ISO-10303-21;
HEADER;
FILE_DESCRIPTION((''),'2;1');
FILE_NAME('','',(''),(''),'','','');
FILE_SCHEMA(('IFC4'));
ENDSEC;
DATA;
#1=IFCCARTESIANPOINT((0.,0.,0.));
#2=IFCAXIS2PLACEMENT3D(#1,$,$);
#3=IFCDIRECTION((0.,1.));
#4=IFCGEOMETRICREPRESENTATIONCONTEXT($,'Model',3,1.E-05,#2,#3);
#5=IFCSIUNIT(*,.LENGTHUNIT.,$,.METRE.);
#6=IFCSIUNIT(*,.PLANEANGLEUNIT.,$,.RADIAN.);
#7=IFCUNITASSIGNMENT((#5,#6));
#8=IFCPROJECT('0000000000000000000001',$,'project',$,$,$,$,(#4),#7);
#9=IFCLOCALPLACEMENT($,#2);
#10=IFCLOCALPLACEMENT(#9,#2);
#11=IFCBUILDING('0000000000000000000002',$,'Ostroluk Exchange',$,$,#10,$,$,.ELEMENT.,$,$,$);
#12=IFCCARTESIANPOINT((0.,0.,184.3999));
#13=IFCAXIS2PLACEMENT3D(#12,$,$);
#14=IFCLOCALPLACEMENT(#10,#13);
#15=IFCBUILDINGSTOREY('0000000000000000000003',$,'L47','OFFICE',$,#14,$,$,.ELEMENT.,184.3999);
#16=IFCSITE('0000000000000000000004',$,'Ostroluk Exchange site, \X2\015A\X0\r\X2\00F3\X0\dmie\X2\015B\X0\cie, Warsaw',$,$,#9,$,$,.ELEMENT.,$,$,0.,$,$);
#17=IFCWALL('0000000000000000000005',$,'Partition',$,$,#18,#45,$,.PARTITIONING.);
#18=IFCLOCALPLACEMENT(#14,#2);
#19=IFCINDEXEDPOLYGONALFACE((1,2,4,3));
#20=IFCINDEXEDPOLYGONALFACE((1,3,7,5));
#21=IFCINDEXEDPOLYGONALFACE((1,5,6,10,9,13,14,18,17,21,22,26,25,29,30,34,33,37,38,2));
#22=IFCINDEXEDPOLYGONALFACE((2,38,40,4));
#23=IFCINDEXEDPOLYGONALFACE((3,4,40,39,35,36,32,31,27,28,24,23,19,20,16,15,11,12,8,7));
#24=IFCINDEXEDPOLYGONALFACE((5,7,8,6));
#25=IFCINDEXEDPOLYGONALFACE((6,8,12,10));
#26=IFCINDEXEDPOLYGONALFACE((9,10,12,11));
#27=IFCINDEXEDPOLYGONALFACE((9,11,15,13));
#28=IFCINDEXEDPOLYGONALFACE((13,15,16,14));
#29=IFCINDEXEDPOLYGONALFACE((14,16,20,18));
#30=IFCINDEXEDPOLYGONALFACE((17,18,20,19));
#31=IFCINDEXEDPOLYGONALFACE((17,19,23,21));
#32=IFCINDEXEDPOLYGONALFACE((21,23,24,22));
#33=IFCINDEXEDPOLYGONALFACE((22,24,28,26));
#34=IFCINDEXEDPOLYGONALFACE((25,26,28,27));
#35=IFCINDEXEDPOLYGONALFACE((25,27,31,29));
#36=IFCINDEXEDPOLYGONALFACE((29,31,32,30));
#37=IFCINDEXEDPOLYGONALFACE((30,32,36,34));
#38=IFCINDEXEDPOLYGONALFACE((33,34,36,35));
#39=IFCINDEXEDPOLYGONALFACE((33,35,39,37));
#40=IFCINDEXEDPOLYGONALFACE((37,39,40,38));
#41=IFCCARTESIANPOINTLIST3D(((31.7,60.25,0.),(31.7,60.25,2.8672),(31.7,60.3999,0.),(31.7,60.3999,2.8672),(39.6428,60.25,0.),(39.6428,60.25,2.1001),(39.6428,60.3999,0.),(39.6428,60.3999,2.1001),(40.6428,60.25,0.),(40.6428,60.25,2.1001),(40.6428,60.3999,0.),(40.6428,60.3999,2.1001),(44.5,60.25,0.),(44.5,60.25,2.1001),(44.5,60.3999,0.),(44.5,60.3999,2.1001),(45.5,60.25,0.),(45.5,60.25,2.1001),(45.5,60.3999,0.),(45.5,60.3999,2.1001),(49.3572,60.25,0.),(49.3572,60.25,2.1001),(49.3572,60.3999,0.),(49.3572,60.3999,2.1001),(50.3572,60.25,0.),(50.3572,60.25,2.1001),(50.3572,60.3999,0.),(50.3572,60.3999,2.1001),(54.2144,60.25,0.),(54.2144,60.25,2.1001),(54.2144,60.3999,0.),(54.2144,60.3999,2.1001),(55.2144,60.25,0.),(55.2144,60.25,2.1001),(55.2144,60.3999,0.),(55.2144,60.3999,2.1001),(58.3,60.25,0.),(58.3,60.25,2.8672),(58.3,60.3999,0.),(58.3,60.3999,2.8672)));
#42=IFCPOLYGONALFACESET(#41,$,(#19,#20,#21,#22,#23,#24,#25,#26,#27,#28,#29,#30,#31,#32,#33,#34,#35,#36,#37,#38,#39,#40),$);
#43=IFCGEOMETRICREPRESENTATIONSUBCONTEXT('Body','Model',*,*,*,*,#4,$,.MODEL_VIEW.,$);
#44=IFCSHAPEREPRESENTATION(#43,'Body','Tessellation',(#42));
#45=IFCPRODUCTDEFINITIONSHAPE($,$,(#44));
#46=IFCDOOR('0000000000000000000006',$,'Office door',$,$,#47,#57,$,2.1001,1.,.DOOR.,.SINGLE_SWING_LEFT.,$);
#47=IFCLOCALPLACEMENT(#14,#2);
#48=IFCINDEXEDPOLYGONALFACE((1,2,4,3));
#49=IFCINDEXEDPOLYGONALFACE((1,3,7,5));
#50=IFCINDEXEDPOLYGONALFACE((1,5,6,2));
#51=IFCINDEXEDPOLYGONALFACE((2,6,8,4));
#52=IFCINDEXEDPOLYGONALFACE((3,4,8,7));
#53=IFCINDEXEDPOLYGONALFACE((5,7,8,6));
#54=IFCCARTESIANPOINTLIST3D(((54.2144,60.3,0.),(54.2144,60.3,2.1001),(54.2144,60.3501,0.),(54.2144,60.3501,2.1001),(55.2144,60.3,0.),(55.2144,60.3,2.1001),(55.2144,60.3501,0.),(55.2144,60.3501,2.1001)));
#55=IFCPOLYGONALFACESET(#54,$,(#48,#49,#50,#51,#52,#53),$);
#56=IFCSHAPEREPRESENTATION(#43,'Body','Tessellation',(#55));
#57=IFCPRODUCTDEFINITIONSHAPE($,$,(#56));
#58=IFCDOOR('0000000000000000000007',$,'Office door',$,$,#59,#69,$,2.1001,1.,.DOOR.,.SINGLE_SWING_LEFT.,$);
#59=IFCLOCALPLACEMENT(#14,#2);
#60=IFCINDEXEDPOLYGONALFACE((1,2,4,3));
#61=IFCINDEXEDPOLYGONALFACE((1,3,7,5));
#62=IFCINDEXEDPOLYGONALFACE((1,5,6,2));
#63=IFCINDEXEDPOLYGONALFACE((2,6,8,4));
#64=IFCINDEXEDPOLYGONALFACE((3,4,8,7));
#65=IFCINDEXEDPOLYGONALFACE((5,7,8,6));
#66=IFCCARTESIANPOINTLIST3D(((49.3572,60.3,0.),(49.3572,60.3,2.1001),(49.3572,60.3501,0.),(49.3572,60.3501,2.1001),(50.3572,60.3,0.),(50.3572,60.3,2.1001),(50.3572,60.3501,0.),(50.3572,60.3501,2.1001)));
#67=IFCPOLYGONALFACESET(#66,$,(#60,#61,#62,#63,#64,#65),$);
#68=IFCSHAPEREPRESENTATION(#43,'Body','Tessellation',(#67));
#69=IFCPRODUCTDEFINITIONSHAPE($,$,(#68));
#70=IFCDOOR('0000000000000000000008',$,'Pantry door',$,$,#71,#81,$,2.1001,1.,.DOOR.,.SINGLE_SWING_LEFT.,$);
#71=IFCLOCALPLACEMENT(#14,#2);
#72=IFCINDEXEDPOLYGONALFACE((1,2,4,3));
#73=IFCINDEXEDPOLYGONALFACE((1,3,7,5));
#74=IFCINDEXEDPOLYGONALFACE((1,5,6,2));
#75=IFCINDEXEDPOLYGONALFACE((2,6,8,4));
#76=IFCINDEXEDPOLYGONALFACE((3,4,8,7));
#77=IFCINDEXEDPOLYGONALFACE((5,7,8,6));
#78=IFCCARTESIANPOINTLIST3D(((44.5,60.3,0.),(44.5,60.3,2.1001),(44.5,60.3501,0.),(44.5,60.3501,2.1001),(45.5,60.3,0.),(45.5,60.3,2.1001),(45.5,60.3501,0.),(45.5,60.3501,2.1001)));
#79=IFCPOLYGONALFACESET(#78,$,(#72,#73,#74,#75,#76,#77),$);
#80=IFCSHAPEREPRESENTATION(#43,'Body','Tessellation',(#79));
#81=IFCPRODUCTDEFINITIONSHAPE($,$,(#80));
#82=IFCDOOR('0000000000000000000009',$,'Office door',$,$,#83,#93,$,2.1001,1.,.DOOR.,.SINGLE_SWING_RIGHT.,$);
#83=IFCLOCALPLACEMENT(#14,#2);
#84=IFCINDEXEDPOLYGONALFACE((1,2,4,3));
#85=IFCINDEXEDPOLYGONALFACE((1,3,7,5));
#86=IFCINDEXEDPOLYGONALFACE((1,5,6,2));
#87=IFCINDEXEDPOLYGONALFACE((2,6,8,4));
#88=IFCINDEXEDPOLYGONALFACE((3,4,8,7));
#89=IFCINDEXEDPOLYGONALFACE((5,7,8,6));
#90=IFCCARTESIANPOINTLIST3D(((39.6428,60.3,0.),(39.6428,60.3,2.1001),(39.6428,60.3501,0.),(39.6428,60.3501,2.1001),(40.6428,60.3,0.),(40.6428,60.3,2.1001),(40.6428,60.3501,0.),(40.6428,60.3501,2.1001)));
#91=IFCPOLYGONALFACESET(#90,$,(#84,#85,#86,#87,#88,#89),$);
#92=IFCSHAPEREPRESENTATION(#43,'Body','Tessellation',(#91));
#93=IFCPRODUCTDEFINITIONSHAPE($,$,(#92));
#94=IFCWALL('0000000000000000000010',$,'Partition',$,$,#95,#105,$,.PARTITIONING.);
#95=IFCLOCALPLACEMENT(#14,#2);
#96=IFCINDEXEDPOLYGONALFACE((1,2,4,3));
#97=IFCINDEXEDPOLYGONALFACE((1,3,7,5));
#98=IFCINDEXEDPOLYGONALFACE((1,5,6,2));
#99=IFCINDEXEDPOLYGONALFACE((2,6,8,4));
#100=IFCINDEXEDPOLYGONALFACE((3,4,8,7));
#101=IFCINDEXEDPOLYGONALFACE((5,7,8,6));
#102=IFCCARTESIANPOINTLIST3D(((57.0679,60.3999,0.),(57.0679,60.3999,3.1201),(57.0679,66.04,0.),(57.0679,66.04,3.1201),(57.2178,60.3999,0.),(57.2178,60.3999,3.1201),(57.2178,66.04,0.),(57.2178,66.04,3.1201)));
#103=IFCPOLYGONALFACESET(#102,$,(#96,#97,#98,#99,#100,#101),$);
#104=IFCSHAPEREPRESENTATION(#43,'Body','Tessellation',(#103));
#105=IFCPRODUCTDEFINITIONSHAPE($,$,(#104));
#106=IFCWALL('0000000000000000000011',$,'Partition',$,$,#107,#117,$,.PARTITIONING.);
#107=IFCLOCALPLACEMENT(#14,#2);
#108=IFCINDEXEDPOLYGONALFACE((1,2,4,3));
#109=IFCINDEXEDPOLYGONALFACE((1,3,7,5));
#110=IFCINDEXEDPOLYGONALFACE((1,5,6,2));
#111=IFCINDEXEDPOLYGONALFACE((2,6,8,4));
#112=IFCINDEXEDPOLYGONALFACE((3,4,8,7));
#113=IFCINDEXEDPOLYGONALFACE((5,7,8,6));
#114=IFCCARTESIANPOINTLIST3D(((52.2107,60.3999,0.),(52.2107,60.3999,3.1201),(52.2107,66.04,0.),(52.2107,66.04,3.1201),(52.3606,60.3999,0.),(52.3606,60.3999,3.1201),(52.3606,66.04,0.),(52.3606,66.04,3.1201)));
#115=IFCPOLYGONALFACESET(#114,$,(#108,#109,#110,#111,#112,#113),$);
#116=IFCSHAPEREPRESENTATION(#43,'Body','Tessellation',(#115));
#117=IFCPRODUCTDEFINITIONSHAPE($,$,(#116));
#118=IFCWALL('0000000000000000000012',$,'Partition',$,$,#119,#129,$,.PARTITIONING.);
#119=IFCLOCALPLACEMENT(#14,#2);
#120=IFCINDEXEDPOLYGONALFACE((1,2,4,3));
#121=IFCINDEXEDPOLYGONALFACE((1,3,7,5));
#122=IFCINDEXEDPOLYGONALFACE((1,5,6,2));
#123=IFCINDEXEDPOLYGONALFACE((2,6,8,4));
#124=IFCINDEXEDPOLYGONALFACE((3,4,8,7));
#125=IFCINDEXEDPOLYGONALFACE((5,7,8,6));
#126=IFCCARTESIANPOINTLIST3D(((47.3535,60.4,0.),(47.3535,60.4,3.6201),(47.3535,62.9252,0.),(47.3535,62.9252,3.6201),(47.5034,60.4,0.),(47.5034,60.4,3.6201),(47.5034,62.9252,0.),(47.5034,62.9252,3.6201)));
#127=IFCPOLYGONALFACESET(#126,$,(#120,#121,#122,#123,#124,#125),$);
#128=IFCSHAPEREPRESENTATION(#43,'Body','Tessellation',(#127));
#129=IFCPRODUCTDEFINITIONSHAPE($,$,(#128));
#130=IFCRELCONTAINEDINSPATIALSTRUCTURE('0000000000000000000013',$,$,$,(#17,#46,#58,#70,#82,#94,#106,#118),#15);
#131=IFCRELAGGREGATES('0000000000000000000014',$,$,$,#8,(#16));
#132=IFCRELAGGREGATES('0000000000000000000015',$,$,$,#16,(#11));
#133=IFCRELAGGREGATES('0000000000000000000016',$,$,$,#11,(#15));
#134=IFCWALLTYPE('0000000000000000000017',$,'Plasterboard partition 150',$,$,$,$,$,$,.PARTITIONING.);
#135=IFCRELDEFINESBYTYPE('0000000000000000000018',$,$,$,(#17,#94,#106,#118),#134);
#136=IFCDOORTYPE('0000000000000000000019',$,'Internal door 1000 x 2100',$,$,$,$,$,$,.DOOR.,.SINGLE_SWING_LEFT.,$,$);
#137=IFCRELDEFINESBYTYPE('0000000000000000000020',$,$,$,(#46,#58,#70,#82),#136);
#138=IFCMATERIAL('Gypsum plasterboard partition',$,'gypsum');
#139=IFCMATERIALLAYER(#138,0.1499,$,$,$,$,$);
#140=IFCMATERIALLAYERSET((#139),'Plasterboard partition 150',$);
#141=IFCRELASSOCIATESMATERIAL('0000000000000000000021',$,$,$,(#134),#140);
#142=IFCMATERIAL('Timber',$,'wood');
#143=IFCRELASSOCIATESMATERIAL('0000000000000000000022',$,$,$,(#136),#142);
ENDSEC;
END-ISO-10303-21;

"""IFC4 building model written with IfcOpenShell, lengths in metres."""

from ifc_helpers import new_model, si_unit, direction, frame, frame_2d, origin, place, context, subcontext, project, spatial, rectangle, extrude, material, layer, layer_set, type_object, element, fill, save


model = new_model("IFC4")

# Units and contexts
model_context = context("Model", 3, precision=1e-05, world=origin(), true_north=direction((0.0, 1.0)))
body_context = subcontext(model_context, "Body", "Model", "MODEL_VIEW")
ifc_project = project(units=[si_unit("LENGTHUNIT", "METRE"), si_unit("PLANEANGLEUNIT", "RADIAN")], contexts=[model_context])

# Site, building, storey
site_placement = place(None, origin())
site = spatial("IfcSite", under=ifc_project, at=site_placement, Name="Ostroluk Exchange site, Śródmieście, Warsaw", CompositionType="ELEMENT", RefElevation=0.0)
building_placement = place(site_placement, origin())
building = spatial("IfcBuilding", under=site, at=building_placement, Name="Ostroluk Exchange", CompositionType="ELEMENT")
storey_placement = place(building_placement, frame((0.0, 0.0, 184.3999)))
storey = spatial("IfcBuildingStorey", under=building, at=storey_placement, Name="L47", Description="OFFICE", CompositionType="ELEMENT", Elevation=184.3999)

# Shared definitions
ifc_material_1 = material(Name="Gypsum plasterboard partition", Category="gypsum")
ifc_layer_1 = layer(ifc_material_1, 0.1499)
ifc_layer_set_1 = layer_set([ifc_layer_1], Name="Plasterboard partition 150")
wall_type = type_object("IfcWallType", Name="Plasterboard partition 150", PredefinedType="PARTITIONING", material=ifc_layer_set_1)
ifc_material_2 = material(Name="Timber", Category="wood")
door_type = type_object("IfcDoorType", Name="Internal door 1000 x 2100", OperationType="SINGLE_SWING_LEFT", PredefinedType="DOOR", material=ifc_material_2)

# Wall, openings, doors
wall_1_placement = place(storey_placement, frame((58.3, 60.325, 0.0), z_axis=(0.0, 0.0, 1.0), x_axis=(-1.0, 0.0, 0.0)))
wall_1 = element("IfcWall", 1, at=wall_1_placement, inside=storey, type_object=wall_type, Name="Partition", PredefinedType="PARTITIONING", context=body_context, shape_type="SweptSolid", body=[
    extrude(rectangle(XDim=26.6001, YDim=0.1499, at=frame_2d((13.3, 0.0))), origin(), (0.0, 0.0, 1.0), 2.8672),
])
opening_1_placement = place(wall_1_placement, frame((3.0857, 0.0, 0.0)))
opening_1 = element("IfcOpeningElement", 2, at=opening_1_placement, cuts=wall_1, PredefinedType="OPENING", context=body_context, shape_type="SweptSolid", body=[
    extrude(rectangle(XDim=1.0, YDim=2.1001, at=frame_2d((0.5, 1.05))), frame((0.0, 0.085, 0.0), z_axis=(0.0, -1.0, 0.0), x_axis=(1.0, 0.0, 0.0)), (0.0, 0.0, 1.0), 0.1699),
])
opening_2_placement = place(wall_1_placement, frame((7.9429, 0.0, 0.0)))
opening_2 = element("IfcOpeningElement", 3, at=opening_2_placement, cuts=wall_1, PredefinedType="OPENING", context=body_context, shape_type="SweptSolid", body=[
    extrude(rectangle(XDim=1.0, YDim=2.1001, at=frame_2d((0.5, 1.05))), frame((0.0, 0.085, 0.0), z_axis=(0.0, -1.0, 0.0), x_axis=(1.0, 0.0, 0.0)), (0.0, 0.0, 1.0), 0.1699),
])
opening_3_placement = place(wall_1_placement, frame((12.8, 0.0, 0.0)))
opening_3 = element("IfcOpeningElement", 4, at=opening_3_placement, cuts=wall_1, PredefinedType="OPENING", context=body_context, shape_type="SweptSolid", body=[
    extrude(rectangle(XDim=1.0, YDim=2.1001, at=frame_2d((0.5, 1.05))), frame((0.0, 0.085, 0.0), z_axis=(0.0, -1.0, 0.0), x_axis=(1.0, 0.0, 0.0)), (0.0, 0.0, 1.0), 0.1699),
])
opening_4_placement = place(wall_1_placement, frame((17.6572, 0.0, 0.0)))
opening_4 = element("IfcOpeningElement", 5, at=opening_4_placement, cuts=wall_1, PredefinedType="OPENING", context=body_context, shape_type="SweptSolid", body=[
    extrude(rectangle(XDim=1.0, YDim=2.1001, at=frame_2d((0.5, 1.05))), frame((0.0, 0.085, 0.0), z_axis=(0.0, -1.0, 0.0), x_axis=(1.0, 0.0, 0.0)), (0.0, 0.0, 1.0), 0.1699),
])
door_1_placement = place(opening_1_placement, origin())
door_1 = element("IfcDoor", 6, at=door_1_placement, inside=storey, type_object=door_type, Name="Office door", OperationType="SINGLE_SWING_LEFT", OverallHeight=2.1001, OverallWidth=1.0, PredefinedType="DOOR", context=body_context, shape_type="SweptSolid", body=[
    extrude(rectangle(XDim=1.0, YDim=2.1001, at=frame_2d((0.5, 1.05))), frame((0.0, 0.0249, 0.0), z_axis=(0.0, -1.0, 0.0), x_axis=(1.0, 0.0, 0.0)), (0.0, 0.0, 1.0), 0.05),
])
fill(opening_1, door_1)
door_2_placement = place(opening_2_placement, origin())
door_2 = element("IfcDoor", 7, at=door_2_placement, inside=storey, type_object=door_type, Name="Office door", OperationType="SINGLE_SWING_LEFT", OverallHeight=2.1001, OverallWidth=1.0, PredefinedType="DOOR", context=body_context, shape_type="SweptSolid", body=[
    extrude(rectangle(XDim=1.0, YDim=2.1001, at=frame_2d((0.5, 1.05))), frame((0.0, 0.0249, 0.0), z_axis=(0.0, -1.0, 0.0), x_axis=(1.0, 0.0, 0.0)), (0.0, 0.0, 1.0), 0.05),
])
fill(opening_2, door_2)
door_3_placement = place(opening_3_placement, origin())
door_3 = element("IfcDoor", 8, at=door_3_placement, inside=storey, type_object=door_type, Name="Pantry door", OperationType="SINGLE_SWING_LEFT", OverallHeight=2.1001, OverallWidth=1.0, PredefinedType="DOOR", context=body_context, shape_type="SweptSolid", body=[
    extrude(rectangle(XDim=1.0, YDim=2.1001, at=frame_2d((0.5, 1.05))), frame((0.0, 0.0249, 0.0), z_axis=(0.0, -1.0, 0.0), x_axis=(1.0, 0.0, 0.0)), (0.0, 0.0, 1.0), 0.05),
])
fill(opening_3, door_3)
door_4_placement = place(opening_4_placement, origin())
door_4 = element("IfcDoor", 9, at=door_4_placement, inside=storey, type_object=door_type, Name="Office door", OperationType="SINGLE_SWING_RIGHT", OverallHeight=2.1001, OverallWidth=1.0, PredefinedType="DOOR", context=body_context, shape_type="SweptSolid", body=[
    extrude(rectangle(XDim=1.0, YDim=2.1001, at=frame_2d((0.5, 1.05))), frame((0.0, 0.0249, 0.0), z_axis=(0.0, -1.0, 0.0), x_axis=(1.0, 0.0, 0.0)), (0.0, 0.0, 1.0), 0.05),
])
fill(opening_4, door_4)

# Walls
for number, where, z_axis, x_axis, name in (
    (10, (57.1428, 60.3999, 0.0), (0.0, 0.0, 1.0), (0.0, 1.0, 0.0), "Partition"),
    (11, (52.2856, 60.3999, 0.0), (0.0, 0.0, 1.0), (0.0, 1.0, 0.0), "Partition"),
):
    element("IfcWall", number, at=place(storey_placement, frame(where, z_axis=z_axis, x_axis=x_axis)), inside=storey, type_object=wall_type, Name=name, PredefinedType="PARTITIONING", context=body_context, shape_type="SweptSolid", body=[
        extrude(rectangle(XDim=5.6401, YDim=0.1499, at=frame_2d((2.8201, 0.0))), origin(), (0.0, 0.0, 1.0), 3.1201),
    ])
wall_2_placement = place(storey_placement, frame((47.4285, 60.3999, 0.0), z_axis=(0.0, 0.0, 1.0), x_axis=(0.0, 1.0, 0.0)))
element("IfcWall", 12, at=wall_2_placement, inside=storey, type_object=wall_type, Name="Partition", PredefinedType="PARTITIONING", context=body_context, shape_type="SweptSolid", body=[
    extrude(rectangle(XDim=2.5251, YDim=0.1499, at=frame_2d((1.2627, 0.0))), origin(), (0.0, 0.0, 1.0), 3.6201),
])

save(model, "model.ifc")
